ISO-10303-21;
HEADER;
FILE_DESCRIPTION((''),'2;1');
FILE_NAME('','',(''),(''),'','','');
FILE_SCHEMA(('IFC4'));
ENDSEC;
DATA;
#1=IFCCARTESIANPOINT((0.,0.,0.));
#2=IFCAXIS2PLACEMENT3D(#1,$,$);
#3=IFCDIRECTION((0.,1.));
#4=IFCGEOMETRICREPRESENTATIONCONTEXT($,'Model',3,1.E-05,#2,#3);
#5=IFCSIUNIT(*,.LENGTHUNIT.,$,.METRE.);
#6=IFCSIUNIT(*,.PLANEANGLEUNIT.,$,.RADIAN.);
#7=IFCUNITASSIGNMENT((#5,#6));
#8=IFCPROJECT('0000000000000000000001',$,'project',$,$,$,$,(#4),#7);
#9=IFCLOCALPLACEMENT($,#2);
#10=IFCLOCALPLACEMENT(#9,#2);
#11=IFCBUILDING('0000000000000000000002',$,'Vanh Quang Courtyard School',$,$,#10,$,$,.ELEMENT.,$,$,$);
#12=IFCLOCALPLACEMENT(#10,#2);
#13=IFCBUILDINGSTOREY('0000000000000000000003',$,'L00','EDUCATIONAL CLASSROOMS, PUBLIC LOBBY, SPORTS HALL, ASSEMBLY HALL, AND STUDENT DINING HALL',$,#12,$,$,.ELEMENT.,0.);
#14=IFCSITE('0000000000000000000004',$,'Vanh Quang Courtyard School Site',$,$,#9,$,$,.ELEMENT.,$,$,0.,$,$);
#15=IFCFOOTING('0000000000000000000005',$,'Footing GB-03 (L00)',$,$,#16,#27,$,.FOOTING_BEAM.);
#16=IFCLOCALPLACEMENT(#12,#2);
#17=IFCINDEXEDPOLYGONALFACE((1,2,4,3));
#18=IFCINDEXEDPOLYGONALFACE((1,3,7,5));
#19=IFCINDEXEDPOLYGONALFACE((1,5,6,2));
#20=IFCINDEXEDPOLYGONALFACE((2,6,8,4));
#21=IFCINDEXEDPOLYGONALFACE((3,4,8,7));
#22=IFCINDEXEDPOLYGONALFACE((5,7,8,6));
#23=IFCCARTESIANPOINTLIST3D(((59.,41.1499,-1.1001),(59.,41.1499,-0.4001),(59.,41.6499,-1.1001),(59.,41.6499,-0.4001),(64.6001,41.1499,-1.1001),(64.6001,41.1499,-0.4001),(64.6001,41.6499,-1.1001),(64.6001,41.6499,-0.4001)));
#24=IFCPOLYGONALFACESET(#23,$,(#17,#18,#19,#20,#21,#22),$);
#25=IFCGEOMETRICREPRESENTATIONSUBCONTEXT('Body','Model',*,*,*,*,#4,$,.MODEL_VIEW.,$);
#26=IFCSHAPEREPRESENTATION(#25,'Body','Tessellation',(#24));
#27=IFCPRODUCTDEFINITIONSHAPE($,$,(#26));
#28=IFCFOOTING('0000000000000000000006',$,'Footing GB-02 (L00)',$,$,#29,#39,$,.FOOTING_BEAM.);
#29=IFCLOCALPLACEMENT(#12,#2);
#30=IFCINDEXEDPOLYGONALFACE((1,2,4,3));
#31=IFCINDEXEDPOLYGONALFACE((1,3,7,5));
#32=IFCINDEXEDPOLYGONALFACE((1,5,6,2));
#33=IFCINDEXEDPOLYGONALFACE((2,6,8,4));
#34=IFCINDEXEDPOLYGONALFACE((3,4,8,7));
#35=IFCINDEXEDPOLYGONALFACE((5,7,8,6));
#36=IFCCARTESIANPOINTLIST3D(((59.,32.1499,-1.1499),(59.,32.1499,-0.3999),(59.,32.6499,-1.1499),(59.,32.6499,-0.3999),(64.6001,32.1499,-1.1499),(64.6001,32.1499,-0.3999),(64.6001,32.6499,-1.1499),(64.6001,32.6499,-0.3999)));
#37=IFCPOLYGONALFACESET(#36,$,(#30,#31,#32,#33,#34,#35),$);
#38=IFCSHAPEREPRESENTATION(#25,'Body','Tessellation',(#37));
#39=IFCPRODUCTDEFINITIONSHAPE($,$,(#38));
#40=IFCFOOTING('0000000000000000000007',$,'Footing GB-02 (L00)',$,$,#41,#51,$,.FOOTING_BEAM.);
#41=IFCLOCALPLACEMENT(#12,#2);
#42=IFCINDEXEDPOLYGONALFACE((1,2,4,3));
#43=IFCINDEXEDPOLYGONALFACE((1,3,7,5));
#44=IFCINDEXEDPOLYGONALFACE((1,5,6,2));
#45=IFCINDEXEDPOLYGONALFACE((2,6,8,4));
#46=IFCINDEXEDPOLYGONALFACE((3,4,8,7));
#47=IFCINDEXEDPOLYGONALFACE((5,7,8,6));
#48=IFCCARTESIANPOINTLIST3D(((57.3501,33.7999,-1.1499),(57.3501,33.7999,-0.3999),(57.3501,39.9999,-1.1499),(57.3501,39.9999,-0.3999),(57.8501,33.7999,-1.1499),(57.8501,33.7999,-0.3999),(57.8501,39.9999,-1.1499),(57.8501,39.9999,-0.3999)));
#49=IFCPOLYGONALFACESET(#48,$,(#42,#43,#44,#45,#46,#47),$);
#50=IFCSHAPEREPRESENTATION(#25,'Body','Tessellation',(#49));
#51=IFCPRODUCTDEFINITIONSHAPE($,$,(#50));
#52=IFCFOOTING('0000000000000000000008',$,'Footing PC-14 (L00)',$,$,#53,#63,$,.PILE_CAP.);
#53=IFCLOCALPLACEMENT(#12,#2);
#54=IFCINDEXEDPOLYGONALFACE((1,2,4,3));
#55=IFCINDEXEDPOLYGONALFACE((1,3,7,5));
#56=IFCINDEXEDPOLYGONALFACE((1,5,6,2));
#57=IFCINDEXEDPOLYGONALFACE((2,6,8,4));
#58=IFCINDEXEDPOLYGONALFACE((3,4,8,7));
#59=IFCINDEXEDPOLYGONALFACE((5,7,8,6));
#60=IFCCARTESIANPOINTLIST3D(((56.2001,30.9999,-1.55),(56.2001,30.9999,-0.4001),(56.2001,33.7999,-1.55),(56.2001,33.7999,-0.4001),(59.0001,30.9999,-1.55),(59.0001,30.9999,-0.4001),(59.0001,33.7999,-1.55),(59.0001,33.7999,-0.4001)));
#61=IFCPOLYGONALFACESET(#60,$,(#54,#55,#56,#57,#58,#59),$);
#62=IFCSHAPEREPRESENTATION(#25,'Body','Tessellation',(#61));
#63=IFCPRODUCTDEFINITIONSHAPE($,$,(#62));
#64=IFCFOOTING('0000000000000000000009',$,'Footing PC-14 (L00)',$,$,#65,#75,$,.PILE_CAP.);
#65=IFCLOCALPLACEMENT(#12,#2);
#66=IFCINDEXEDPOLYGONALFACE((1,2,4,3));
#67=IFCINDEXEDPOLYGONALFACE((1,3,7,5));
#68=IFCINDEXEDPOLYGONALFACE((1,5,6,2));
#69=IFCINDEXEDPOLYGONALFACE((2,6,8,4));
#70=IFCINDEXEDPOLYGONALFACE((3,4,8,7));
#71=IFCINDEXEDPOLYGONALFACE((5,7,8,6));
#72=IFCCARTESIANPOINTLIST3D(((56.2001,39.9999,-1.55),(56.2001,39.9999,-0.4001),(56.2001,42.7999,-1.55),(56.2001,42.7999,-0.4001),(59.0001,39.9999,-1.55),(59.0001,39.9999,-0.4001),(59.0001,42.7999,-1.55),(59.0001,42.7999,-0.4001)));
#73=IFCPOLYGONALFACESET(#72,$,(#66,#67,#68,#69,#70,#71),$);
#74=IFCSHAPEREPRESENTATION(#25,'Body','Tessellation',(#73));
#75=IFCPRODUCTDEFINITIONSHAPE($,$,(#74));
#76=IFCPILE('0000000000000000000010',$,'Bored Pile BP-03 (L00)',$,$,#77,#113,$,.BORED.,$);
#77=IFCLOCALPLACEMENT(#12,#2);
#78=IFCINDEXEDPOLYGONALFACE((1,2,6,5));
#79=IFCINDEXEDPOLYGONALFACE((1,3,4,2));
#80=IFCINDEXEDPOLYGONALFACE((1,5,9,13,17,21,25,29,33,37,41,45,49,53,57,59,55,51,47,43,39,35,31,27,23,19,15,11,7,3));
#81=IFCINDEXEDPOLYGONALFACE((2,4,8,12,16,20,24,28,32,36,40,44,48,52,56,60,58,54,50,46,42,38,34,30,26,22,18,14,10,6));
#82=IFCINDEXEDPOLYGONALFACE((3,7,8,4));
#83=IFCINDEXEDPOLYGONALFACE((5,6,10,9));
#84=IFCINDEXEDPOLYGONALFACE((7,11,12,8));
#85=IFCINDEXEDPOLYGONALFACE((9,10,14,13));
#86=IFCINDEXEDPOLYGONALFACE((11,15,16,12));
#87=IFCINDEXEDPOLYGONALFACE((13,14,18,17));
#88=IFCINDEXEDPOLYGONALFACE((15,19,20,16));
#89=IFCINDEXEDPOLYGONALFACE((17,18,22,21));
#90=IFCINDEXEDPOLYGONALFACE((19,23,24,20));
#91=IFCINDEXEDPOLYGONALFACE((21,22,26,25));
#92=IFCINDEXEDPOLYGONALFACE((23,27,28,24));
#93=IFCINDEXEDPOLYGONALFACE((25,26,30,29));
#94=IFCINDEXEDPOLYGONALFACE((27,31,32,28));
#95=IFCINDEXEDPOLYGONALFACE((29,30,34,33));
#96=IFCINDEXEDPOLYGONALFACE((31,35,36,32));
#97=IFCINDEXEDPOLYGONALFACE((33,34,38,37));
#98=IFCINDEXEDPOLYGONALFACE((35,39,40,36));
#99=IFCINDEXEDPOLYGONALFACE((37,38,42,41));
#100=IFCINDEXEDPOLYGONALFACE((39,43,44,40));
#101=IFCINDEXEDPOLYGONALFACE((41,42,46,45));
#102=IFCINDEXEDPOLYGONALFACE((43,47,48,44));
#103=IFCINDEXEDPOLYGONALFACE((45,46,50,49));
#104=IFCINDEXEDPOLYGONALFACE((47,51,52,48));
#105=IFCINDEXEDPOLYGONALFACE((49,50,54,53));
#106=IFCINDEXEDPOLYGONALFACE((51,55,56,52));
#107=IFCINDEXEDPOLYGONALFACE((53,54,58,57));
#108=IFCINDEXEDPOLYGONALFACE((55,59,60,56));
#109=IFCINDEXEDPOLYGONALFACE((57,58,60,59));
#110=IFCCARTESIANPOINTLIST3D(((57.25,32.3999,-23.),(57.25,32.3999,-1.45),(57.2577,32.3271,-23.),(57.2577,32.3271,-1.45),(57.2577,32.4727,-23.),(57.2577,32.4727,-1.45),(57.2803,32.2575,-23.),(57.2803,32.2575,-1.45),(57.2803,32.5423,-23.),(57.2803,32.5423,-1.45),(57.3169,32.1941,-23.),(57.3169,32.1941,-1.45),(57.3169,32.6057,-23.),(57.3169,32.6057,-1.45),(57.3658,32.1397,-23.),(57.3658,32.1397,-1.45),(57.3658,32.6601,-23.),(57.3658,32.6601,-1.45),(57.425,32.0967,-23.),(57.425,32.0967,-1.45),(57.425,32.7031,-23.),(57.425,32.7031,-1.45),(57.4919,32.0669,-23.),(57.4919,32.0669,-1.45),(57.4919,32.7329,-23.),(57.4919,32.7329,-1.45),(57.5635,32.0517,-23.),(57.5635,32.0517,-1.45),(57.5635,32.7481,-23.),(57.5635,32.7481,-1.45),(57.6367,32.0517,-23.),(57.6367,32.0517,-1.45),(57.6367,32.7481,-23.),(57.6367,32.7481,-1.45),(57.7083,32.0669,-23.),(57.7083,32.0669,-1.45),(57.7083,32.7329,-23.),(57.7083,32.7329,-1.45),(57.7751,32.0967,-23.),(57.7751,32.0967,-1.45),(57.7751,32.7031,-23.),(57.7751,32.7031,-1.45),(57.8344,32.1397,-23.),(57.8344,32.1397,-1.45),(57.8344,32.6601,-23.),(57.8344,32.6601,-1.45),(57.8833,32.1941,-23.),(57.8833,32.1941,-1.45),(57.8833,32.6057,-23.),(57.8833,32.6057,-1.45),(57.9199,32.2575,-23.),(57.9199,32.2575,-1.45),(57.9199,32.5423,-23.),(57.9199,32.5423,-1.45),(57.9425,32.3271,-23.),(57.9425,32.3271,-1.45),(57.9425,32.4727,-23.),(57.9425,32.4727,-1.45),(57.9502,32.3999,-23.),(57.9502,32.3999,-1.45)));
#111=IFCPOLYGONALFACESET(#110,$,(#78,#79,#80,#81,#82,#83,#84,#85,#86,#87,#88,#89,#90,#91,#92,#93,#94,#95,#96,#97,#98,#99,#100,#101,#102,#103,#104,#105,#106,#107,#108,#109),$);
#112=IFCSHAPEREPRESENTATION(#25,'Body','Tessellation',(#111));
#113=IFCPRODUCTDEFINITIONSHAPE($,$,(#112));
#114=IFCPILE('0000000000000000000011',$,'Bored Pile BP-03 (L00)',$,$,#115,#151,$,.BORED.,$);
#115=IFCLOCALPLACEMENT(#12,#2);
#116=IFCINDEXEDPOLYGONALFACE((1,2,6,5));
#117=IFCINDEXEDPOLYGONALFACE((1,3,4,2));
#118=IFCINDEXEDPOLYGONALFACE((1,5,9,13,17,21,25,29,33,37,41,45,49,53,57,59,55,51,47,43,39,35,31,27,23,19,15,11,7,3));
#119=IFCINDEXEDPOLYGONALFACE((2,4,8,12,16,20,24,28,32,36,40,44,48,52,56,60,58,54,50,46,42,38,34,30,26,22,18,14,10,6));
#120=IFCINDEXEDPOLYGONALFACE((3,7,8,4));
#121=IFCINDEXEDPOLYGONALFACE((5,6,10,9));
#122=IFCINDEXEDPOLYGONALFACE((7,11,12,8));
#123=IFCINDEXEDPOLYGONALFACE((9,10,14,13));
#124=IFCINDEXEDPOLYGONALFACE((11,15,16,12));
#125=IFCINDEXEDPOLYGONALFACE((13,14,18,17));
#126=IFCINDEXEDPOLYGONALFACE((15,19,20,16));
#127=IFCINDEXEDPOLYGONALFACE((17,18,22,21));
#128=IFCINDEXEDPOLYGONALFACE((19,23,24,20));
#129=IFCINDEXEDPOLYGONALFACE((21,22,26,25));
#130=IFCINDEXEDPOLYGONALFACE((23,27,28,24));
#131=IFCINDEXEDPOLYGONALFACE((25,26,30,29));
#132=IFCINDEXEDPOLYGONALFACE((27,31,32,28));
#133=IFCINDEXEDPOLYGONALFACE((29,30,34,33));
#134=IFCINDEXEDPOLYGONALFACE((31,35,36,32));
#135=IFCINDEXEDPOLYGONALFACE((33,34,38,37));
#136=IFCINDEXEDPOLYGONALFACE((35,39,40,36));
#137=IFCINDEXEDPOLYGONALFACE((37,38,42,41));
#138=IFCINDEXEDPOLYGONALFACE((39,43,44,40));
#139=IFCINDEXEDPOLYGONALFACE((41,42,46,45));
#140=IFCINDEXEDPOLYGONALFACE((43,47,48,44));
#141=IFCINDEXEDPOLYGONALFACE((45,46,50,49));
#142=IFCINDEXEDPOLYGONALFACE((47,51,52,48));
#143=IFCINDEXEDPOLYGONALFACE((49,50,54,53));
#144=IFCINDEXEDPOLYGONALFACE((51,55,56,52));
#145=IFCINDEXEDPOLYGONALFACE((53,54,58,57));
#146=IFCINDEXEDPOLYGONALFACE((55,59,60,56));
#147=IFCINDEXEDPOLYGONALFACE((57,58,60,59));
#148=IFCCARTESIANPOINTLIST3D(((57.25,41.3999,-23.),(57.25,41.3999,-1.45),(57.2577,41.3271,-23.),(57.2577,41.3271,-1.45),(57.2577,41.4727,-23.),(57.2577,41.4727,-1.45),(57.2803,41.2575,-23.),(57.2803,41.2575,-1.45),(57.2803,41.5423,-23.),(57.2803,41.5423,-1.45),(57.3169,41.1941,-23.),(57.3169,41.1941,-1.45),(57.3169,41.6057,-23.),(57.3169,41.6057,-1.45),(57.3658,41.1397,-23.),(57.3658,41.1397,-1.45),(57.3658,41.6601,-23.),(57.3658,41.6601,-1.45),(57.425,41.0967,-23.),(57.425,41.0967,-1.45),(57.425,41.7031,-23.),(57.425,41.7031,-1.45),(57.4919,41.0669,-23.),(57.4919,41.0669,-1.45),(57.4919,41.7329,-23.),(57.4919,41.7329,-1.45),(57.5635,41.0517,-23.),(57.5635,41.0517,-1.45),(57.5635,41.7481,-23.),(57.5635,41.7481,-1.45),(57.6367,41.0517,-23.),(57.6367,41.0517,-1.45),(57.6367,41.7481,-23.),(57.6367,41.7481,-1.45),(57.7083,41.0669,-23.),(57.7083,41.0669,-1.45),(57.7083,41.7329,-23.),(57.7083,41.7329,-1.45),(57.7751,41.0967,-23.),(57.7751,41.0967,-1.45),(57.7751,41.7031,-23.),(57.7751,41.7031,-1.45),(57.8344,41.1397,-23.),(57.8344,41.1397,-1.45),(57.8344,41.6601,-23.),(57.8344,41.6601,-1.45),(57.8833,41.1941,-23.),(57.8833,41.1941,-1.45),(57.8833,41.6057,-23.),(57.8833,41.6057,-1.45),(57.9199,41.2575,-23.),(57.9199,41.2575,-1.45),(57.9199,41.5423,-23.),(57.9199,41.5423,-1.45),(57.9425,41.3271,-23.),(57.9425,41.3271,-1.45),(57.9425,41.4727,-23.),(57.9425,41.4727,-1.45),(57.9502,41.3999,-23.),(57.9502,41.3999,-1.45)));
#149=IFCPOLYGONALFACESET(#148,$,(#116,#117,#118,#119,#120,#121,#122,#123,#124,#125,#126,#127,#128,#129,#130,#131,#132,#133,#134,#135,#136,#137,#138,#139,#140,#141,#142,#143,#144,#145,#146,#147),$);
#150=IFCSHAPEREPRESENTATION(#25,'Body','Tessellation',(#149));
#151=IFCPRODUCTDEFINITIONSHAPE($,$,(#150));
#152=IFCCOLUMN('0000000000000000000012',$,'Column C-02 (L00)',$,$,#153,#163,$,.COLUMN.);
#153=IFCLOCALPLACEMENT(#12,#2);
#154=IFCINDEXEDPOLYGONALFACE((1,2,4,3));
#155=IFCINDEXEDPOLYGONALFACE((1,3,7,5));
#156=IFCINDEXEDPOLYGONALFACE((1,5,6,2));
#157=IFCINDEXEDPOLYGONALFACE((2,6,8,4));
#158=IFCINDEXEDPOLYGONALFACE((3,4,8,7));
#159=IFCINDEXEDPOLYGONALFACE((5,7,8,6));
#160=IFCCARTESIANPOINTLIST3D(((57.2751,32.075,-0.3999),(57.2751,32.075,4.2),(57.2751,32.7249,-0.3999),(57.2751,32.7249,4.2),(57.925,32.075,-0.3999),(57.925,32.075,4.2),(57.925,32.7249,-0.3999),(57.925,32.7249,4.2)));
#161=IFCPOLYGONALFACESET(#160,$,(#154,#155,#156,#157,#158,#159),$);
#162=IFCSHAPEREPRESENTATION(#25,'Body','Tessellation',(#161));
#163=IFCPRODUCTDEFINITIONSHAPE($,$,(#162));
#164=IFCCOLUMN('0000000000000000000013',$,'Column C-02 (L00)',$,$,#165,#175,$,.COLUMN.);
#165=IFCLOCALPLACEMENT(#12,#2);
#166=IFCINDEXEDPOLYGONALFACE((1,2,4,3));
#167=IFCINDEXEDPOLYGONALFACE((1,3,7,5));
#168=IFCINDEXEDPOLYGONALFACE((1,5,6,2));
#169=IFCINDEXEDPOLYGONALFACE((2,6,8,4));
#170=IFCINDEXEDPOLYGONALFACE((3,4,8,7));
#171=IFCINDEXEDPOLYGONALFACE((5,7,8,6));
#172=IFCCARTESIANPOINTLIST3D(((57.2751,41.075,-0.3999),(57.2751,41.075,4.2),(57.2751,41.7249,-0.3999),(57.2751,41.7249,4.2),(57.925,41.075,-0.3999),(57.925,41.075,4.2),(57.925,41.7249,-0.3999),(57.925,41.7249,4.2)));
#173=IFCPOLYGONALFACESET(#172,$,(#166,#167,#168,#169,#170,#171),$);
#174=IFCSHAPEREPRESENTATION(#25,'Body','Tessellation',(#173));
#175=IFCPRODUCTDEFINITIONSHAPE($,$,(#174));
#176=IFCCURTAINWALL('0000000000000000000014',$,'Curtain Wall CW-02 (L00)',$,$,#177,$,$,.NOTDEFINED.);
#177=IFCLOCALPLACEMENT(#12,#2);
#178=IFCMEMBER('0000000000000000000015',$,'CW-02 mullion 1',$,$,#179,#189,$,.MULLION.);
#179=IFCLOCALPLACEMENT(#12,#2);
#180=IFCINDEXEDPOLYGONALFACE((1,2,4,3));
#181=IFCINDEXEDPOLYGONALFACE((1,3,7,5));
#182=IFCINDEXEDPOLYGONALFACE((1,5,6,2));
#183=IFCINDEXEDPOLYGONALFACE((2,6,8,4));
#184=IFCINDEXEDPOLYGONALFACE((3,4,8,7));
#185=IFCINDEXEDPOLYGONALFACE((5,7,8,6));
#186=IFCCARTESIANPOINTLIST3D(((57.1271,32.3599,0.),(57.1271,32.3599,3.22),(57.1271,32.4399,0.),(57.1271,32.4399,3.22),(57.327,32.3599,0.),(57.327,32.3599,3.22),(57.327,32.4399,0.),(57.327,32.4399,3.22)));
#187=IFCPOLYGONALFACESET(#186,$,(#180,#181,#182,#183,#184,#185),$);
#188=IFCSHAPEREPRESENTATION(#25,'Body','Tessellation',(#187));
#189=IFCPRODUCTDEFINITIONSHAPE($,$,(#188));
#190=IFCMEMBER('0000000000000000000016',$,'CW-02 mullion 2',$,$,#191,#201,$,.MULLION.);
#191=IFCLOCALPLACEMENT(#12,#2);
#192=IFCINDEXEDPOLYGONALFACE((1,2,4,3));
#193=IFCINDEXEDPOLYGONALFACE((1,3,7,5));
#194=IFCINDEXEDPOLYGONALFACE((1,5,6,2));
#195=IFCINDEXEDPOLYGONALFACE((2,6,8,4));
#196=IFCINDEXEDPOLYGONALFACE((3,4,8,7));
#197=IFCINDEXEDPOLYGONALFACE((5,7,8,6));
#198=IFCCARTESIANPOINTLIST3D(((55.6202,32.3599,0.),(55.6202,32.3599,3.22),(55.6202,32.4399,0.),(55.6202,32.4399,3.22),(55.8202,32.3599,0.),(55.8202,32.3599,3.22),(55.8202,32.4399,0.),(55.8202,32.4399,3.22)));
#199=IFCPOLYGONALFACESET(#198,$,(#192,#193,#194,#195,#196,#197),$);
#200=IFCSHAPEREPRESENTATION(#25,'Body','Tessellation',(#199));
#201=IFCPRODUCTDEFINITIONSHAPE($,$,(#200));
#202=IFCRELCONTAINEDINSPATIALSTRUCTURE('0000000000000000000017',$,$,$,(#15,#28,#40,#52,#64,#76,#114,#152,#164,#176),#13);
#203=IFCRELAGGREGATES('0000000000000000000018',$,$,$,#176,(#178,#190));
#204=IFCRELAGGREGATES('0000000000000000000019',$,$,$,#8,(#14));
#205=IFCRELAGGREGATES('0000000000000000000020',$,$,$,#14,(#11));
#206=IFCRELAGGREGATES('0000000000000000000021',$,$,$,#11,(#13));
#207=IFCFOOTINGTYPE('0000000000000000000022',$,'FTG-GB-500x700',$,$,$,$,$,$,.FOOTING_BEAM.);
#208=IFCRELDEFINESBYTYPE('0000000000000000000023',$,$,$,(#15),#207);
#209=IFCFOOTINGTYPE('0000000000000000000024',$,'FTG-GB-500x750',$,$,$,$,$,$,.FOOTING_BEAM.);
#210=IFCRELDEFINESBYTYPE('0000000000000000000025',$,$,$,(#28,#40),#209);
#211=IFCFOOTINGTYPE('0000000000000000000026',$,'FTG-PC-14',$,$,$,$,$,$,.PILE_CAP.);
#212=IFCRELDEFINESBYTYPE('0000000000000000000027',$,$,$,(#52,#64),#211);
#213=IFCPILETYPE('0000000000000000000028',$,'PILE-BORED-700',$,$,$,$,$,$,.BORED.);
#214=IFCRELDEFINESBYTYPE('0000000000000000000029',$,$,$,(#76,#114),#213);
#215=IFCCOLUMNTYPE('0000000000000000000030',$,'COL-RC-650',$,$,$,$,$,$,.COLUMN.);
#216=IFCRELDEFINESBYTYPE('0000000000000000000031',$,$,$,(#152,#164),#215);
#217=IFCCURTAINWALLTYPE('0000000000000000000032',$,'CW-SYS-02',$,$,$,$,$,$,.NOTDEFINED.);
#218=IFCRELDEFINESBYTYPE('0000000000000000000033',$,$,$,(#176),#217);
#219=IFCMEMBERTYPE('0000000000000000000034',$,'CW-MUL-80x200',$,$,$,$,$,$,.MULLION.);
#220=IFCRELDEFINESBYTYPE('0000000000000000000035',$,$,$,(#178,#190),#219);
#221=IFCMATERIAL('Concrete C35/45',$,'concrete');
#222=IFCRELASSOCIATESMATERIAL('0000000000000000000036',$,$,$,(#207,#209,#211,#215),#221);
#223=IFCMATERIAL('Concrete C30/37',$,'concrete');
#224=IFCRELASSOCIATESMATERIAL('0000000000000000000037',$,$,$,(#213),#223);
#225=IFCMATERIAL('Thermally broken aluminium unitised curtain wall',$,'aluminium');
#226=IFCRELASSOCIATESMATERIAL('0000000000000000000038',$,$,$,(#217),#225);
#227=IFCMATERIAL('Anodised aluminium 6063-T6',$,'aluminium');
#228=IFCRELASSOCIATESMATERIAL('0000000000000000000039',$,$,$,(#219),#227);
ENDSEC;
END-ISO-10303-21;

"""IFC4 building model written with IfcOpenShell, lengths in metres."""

from ifc_helpers import new_model, si_unit, direction, frame, origin, origin_2d, place, context, subcontext, project, spatial, rectangle, circle, extrude, material, material_profile, profile_set, type_object, element, aggregate, save


model = new_model("IFC4")

# Units and contexts
model_context = context("Model", 3, precision=1e-05, world=origin(), true_north=direction((0.0, 1.0)))
body_context = subcontext(model_context, "Body", "Model", "MODEL_VIEW")
ifc_project = project(units=[si_unit("LENGTHUNIT", "METRE"), si_unit("PLANEANGLEUNIT", "RADIAN")], contexts=[model_context])

# Site, building, storey
site_placement = place(None, origin())
site = spatial("IfcSite", under=ifc_project, at=site_placement, Name="Vanh Quang Courtyard School Site", CompositionType="ELEMENT", RefElevation=0.0)
building_placement = place(site_placement, origin())
building = spatial("IfcBuilding", under=site, at=building_placement, Name="Vanh Quang Courtyard School", CompositionType="ELEMENT")
storey_placement = place(building_placement, origin())
storey = spatial("IfcBuildingStorey", under=building, at=storey_placement, Name="L00", Description="EDUCATIONAL CLASSROOMS, PUBLIC LOBBY, SPORTS HALL, ASSEMBLY HALL, AND STUDENT DINING HALL", CompositionType="ELEMENT", Elevation=0.0)

# Footings
ifc_material_1 = material(Name="Concrete C35/45", Category="concrete")
footing_type_1 = type_object("IfcFootingType", Name="FTG-GB-500x700", PredefinedType="FOOTING_BEAM", material=ifc_material_1)
footing_1_placement = place(storey_placement, frame((61.8, 41.3999, -1.1001), z_axis=(0.0, 0.0, 1.0), x_axis=(1.0, 0.0, 0.0)))
element("IfcFooting", 1, at=footing_1_placement, inside=storey, type_object=footing_type_1, Name="Footing GB-03 (L00)", PredefinedType="FOOTING_BEAM", context=body_context, shape_type="SweptSolid", body=[
    extrude(rectangle(XDim=5.6001, YDim=0.5, at=origin_2d()), origin(), (0.0, 0.0, 1.0), 0.7),
])
footing_type_2 = type_object("IfcFootingType", Name="FTG-GB-500x750", PredefinedType="FOOTING_BEAM", material=ifc_material_1)
footing_2_placement = place(storey_placement, frame((61.8, 32.3999, -1.1499), z_axis=(0.0, 0.0, 1.0), x_axis=(1.0, 0.0, 0.0)))
element("IfcFooting", 2, at=footing_2_placement, inside=storey, type_object=footing_type_2, Name="Footing GB-02 (L00)", PredefinedType="FOOTING_BEAM", context=body_context, shape_type="SweptSolid", body=[
    extrude(rectangle(XDim=5.6001, YDim=0.5, at=origin_2d()), origin(), (0.0, 0.0, 1.0), 0.75),
])
footing_3_placement = place(storey_placement, frame((57.6001, 36.8999, -1.1499), z_axis=(0.0, 0.0, 1.0), x_axis=(0.0, 1.0, 0.0)))
element("IfcFooting", 3, at=footing_3_placement, inside=storey, type_object=footing_type_2, Name="Footing GB-02 (L00)", PredefinedType="FOOTING_BEAM", context=body_context, shape_type="SweptSolid", body=[
    extrude(rectangle(XDim=6.2, YDim=0.5, at=origin_2d()), origin(), (0.0, 0.0, 1.0), 0.75),
])
footing_type_3 = type_object("IfcFootingType", Name="FTG-PC-14", PredefinedType="PILE_CAP", material=ifc_material_1)
for number, where, z_axis, x_axis, name in (
    (4, (57.6001, 32.3999, -1.55), (0.0, 0.0, 1.0), (1.0, 0.0, 0.0), "Footing PC-14 (L00)"),
    (5, (57.6001, 41.3999, -1.55), (0.0, 0.0, 1.0), (1.0, 0.0, 0.0), "Footing PC-14 (L00)"),
):
    element("IfcFooting", number, at=place(storey_placement, frame(where, z_axis=z_axis, x_axis=x_axis)), inside=storey, type_object=footing_type_3, Name=name, PredefinedType="PILE_CAP", context=body_context, shape_type="SweptSolid", body=[
        extrude(rectangle(XDim=2.8, YDim=2.8, at=origin_2d()), origin(), (0.0, 0.0, 1.0), 1.1499),
    ])

# Piles
ifc_material_2 = material(Name="Concrete C30/37", Category="concrete")
ifc_material_profile_1 = material_profile(ifc_material_2, circle(Radius=0.3501, at=origin_2d()), Name="PILE D700")
ifc_profile_set_1 = profile_set([ifc_material_profile_1], Name="Concrete C30/37")
pile_type = type_object("IfcPileType", Name="PILE-BORED-700", PredefinedType="BORED", material=ifc_profile_set_1)
for number, where, z_axis, x_axis, name in (
    (6, (57.6001, 32.3999, -1.45), (0.0, 0.0, -1.0), (1.0, 0.0, 0.0), "Bored Pile BP-03 (L00)"),
    (7, (57.6001, 41.3999, -1.45), (0.0, 0.0, -1.0), (1.0, 0.0, 0.0), "Bored Pile BP-03 (L00)"),
):
    element("IfcPile", number, at=place(storey_placement, frame(where, z_axis=z_axis, x_axis=x_axis)), inside=storey, type_object=pile_type, Name=name, PredefinedType="BORED", context=body_context, shape_type="SweptSolid", body=[
        extrude(circle(Radius=0.3501, at=origin_2d()), origin(), (0.0, 0.0, 1.0), 21.55),
    ])

# Columns
ifc_material_profile_2 = material_profile(ifc_material_1, rectangle(XDim=0.6499, YDim=0.6499, at=origin_2d()), Name="RC-COL 650x650")
ifc_profile_set_2 = profile_set([ifc_material_profile_2], Name="Concrete C35/45")
column_type = type_object("IfcColumnType", Name="COL-RC-650", PredefinedType="COLUMN", material=ifc_profile_set_2)
for number, where, z_axis, x_axis, name in (
    (8, (57.6001, 32.3999, -0.3999), (0.0, 0.0, 1.0), (1.0, 0.0, 0.0), "Column C-02 (L00)"),
    (9, (57.6001, 41.3999, -0.3999), (0.0, 0.0, 1.0), (1.0, 0.0, 0.0), "Column C-02 (L00)"),
):
    element("IfcColumn", number, at=place(storey_placement, frame(where, z_axis=z_axis, x_axis=x_axis)), inside=storey, type_object=column_type, Name=name, PredefinedType="COLUMN", context=body_context, shape_type="SweptSolid", body=[
        extrude(rectangle(XDim=0.6499, YDim=0.6499, at=origin_2d()), origin(), (0.0, 0.0, 1.0), 4.5999),
    ])

# Curtain wall, members
ifc_material_3 = material(Name="Thermally broken aluminium unitised curtain wall", Category="aluminium")
curtain_wall_type = type_object("IfcCurtainWallType", Name="CW-SYS-02", PredefinedType="NOTDEFINED", material=ifc_material_3)
curtain_wall_placement = place(storey_placement, origin())
curtain_wall = element("IfcCurtainWall", 10, at=curtain_wall_placement, inside=storey, type_object=curtain_wall_type, Name="Curtain Wall CW-02 (L00)", PredefinedType="NOTDEFINED")
ifc_material_4 = material(Name="Anodised aluminium 6063-T6", Category="aluminium")
ifc_material_profile_3 = material_profile(ifc_material_4, rectangle(XDim=0.0801, YDim=0.2, at=origin_2d()), Name="ALU-MUL 80x200")
ifc_profile_set_3 = profile_set([ifc_material_profile_3], Name="Anodised aluminium 6063-T6")
member_type_1 = type_object("IfcMemberType", Name="CW-MUL-80x200", PredefinedType="MULLION", material=ifc_profile_set_3)
member_1_placement = place(storey_placement, frame((57.2271, 32.3999, 0.0), z_axis=(0.0, 0.0, 1.0), x_axis=(0.0, -1.0, 0.0)))
member_1 = element("IfcMember", 11, at=member_1_placement, type_object=member_type_1, Name="CW-02 mullion 1", PredefinedType="MULLION", context=body_context, shape_type="SweptSolid", body=[
    extrude(rectangle(XDim=0.0801, YDim=0.2, at=origin_2d()), origin(), (0.0, 0.0, 1.0), 3.22),
])
member_2_placement = place(storey_placement, frame((55.7202, 32.3999, 0.0), z_axis=(0.0, 0.0, 1.0), x_axis=(0.0, -1.0, 0.0)))
member_2 = element("IfcMember", 12, at=member_2_placement, type_object=member_type_1, Name="CW-02 mullion 2", PredefinedType="MULLION", context=body_context, shape_type="SweptSolid", body=[
    extrude(rectangle(XDim=0.0801, YDim=0.2, at=origin_2d()), origin(), (0.0, 0.0, 1.0), 3.22),
])
aggregate(curtain_wall, [member_1, member_2])

save(model, "model.ifc")
